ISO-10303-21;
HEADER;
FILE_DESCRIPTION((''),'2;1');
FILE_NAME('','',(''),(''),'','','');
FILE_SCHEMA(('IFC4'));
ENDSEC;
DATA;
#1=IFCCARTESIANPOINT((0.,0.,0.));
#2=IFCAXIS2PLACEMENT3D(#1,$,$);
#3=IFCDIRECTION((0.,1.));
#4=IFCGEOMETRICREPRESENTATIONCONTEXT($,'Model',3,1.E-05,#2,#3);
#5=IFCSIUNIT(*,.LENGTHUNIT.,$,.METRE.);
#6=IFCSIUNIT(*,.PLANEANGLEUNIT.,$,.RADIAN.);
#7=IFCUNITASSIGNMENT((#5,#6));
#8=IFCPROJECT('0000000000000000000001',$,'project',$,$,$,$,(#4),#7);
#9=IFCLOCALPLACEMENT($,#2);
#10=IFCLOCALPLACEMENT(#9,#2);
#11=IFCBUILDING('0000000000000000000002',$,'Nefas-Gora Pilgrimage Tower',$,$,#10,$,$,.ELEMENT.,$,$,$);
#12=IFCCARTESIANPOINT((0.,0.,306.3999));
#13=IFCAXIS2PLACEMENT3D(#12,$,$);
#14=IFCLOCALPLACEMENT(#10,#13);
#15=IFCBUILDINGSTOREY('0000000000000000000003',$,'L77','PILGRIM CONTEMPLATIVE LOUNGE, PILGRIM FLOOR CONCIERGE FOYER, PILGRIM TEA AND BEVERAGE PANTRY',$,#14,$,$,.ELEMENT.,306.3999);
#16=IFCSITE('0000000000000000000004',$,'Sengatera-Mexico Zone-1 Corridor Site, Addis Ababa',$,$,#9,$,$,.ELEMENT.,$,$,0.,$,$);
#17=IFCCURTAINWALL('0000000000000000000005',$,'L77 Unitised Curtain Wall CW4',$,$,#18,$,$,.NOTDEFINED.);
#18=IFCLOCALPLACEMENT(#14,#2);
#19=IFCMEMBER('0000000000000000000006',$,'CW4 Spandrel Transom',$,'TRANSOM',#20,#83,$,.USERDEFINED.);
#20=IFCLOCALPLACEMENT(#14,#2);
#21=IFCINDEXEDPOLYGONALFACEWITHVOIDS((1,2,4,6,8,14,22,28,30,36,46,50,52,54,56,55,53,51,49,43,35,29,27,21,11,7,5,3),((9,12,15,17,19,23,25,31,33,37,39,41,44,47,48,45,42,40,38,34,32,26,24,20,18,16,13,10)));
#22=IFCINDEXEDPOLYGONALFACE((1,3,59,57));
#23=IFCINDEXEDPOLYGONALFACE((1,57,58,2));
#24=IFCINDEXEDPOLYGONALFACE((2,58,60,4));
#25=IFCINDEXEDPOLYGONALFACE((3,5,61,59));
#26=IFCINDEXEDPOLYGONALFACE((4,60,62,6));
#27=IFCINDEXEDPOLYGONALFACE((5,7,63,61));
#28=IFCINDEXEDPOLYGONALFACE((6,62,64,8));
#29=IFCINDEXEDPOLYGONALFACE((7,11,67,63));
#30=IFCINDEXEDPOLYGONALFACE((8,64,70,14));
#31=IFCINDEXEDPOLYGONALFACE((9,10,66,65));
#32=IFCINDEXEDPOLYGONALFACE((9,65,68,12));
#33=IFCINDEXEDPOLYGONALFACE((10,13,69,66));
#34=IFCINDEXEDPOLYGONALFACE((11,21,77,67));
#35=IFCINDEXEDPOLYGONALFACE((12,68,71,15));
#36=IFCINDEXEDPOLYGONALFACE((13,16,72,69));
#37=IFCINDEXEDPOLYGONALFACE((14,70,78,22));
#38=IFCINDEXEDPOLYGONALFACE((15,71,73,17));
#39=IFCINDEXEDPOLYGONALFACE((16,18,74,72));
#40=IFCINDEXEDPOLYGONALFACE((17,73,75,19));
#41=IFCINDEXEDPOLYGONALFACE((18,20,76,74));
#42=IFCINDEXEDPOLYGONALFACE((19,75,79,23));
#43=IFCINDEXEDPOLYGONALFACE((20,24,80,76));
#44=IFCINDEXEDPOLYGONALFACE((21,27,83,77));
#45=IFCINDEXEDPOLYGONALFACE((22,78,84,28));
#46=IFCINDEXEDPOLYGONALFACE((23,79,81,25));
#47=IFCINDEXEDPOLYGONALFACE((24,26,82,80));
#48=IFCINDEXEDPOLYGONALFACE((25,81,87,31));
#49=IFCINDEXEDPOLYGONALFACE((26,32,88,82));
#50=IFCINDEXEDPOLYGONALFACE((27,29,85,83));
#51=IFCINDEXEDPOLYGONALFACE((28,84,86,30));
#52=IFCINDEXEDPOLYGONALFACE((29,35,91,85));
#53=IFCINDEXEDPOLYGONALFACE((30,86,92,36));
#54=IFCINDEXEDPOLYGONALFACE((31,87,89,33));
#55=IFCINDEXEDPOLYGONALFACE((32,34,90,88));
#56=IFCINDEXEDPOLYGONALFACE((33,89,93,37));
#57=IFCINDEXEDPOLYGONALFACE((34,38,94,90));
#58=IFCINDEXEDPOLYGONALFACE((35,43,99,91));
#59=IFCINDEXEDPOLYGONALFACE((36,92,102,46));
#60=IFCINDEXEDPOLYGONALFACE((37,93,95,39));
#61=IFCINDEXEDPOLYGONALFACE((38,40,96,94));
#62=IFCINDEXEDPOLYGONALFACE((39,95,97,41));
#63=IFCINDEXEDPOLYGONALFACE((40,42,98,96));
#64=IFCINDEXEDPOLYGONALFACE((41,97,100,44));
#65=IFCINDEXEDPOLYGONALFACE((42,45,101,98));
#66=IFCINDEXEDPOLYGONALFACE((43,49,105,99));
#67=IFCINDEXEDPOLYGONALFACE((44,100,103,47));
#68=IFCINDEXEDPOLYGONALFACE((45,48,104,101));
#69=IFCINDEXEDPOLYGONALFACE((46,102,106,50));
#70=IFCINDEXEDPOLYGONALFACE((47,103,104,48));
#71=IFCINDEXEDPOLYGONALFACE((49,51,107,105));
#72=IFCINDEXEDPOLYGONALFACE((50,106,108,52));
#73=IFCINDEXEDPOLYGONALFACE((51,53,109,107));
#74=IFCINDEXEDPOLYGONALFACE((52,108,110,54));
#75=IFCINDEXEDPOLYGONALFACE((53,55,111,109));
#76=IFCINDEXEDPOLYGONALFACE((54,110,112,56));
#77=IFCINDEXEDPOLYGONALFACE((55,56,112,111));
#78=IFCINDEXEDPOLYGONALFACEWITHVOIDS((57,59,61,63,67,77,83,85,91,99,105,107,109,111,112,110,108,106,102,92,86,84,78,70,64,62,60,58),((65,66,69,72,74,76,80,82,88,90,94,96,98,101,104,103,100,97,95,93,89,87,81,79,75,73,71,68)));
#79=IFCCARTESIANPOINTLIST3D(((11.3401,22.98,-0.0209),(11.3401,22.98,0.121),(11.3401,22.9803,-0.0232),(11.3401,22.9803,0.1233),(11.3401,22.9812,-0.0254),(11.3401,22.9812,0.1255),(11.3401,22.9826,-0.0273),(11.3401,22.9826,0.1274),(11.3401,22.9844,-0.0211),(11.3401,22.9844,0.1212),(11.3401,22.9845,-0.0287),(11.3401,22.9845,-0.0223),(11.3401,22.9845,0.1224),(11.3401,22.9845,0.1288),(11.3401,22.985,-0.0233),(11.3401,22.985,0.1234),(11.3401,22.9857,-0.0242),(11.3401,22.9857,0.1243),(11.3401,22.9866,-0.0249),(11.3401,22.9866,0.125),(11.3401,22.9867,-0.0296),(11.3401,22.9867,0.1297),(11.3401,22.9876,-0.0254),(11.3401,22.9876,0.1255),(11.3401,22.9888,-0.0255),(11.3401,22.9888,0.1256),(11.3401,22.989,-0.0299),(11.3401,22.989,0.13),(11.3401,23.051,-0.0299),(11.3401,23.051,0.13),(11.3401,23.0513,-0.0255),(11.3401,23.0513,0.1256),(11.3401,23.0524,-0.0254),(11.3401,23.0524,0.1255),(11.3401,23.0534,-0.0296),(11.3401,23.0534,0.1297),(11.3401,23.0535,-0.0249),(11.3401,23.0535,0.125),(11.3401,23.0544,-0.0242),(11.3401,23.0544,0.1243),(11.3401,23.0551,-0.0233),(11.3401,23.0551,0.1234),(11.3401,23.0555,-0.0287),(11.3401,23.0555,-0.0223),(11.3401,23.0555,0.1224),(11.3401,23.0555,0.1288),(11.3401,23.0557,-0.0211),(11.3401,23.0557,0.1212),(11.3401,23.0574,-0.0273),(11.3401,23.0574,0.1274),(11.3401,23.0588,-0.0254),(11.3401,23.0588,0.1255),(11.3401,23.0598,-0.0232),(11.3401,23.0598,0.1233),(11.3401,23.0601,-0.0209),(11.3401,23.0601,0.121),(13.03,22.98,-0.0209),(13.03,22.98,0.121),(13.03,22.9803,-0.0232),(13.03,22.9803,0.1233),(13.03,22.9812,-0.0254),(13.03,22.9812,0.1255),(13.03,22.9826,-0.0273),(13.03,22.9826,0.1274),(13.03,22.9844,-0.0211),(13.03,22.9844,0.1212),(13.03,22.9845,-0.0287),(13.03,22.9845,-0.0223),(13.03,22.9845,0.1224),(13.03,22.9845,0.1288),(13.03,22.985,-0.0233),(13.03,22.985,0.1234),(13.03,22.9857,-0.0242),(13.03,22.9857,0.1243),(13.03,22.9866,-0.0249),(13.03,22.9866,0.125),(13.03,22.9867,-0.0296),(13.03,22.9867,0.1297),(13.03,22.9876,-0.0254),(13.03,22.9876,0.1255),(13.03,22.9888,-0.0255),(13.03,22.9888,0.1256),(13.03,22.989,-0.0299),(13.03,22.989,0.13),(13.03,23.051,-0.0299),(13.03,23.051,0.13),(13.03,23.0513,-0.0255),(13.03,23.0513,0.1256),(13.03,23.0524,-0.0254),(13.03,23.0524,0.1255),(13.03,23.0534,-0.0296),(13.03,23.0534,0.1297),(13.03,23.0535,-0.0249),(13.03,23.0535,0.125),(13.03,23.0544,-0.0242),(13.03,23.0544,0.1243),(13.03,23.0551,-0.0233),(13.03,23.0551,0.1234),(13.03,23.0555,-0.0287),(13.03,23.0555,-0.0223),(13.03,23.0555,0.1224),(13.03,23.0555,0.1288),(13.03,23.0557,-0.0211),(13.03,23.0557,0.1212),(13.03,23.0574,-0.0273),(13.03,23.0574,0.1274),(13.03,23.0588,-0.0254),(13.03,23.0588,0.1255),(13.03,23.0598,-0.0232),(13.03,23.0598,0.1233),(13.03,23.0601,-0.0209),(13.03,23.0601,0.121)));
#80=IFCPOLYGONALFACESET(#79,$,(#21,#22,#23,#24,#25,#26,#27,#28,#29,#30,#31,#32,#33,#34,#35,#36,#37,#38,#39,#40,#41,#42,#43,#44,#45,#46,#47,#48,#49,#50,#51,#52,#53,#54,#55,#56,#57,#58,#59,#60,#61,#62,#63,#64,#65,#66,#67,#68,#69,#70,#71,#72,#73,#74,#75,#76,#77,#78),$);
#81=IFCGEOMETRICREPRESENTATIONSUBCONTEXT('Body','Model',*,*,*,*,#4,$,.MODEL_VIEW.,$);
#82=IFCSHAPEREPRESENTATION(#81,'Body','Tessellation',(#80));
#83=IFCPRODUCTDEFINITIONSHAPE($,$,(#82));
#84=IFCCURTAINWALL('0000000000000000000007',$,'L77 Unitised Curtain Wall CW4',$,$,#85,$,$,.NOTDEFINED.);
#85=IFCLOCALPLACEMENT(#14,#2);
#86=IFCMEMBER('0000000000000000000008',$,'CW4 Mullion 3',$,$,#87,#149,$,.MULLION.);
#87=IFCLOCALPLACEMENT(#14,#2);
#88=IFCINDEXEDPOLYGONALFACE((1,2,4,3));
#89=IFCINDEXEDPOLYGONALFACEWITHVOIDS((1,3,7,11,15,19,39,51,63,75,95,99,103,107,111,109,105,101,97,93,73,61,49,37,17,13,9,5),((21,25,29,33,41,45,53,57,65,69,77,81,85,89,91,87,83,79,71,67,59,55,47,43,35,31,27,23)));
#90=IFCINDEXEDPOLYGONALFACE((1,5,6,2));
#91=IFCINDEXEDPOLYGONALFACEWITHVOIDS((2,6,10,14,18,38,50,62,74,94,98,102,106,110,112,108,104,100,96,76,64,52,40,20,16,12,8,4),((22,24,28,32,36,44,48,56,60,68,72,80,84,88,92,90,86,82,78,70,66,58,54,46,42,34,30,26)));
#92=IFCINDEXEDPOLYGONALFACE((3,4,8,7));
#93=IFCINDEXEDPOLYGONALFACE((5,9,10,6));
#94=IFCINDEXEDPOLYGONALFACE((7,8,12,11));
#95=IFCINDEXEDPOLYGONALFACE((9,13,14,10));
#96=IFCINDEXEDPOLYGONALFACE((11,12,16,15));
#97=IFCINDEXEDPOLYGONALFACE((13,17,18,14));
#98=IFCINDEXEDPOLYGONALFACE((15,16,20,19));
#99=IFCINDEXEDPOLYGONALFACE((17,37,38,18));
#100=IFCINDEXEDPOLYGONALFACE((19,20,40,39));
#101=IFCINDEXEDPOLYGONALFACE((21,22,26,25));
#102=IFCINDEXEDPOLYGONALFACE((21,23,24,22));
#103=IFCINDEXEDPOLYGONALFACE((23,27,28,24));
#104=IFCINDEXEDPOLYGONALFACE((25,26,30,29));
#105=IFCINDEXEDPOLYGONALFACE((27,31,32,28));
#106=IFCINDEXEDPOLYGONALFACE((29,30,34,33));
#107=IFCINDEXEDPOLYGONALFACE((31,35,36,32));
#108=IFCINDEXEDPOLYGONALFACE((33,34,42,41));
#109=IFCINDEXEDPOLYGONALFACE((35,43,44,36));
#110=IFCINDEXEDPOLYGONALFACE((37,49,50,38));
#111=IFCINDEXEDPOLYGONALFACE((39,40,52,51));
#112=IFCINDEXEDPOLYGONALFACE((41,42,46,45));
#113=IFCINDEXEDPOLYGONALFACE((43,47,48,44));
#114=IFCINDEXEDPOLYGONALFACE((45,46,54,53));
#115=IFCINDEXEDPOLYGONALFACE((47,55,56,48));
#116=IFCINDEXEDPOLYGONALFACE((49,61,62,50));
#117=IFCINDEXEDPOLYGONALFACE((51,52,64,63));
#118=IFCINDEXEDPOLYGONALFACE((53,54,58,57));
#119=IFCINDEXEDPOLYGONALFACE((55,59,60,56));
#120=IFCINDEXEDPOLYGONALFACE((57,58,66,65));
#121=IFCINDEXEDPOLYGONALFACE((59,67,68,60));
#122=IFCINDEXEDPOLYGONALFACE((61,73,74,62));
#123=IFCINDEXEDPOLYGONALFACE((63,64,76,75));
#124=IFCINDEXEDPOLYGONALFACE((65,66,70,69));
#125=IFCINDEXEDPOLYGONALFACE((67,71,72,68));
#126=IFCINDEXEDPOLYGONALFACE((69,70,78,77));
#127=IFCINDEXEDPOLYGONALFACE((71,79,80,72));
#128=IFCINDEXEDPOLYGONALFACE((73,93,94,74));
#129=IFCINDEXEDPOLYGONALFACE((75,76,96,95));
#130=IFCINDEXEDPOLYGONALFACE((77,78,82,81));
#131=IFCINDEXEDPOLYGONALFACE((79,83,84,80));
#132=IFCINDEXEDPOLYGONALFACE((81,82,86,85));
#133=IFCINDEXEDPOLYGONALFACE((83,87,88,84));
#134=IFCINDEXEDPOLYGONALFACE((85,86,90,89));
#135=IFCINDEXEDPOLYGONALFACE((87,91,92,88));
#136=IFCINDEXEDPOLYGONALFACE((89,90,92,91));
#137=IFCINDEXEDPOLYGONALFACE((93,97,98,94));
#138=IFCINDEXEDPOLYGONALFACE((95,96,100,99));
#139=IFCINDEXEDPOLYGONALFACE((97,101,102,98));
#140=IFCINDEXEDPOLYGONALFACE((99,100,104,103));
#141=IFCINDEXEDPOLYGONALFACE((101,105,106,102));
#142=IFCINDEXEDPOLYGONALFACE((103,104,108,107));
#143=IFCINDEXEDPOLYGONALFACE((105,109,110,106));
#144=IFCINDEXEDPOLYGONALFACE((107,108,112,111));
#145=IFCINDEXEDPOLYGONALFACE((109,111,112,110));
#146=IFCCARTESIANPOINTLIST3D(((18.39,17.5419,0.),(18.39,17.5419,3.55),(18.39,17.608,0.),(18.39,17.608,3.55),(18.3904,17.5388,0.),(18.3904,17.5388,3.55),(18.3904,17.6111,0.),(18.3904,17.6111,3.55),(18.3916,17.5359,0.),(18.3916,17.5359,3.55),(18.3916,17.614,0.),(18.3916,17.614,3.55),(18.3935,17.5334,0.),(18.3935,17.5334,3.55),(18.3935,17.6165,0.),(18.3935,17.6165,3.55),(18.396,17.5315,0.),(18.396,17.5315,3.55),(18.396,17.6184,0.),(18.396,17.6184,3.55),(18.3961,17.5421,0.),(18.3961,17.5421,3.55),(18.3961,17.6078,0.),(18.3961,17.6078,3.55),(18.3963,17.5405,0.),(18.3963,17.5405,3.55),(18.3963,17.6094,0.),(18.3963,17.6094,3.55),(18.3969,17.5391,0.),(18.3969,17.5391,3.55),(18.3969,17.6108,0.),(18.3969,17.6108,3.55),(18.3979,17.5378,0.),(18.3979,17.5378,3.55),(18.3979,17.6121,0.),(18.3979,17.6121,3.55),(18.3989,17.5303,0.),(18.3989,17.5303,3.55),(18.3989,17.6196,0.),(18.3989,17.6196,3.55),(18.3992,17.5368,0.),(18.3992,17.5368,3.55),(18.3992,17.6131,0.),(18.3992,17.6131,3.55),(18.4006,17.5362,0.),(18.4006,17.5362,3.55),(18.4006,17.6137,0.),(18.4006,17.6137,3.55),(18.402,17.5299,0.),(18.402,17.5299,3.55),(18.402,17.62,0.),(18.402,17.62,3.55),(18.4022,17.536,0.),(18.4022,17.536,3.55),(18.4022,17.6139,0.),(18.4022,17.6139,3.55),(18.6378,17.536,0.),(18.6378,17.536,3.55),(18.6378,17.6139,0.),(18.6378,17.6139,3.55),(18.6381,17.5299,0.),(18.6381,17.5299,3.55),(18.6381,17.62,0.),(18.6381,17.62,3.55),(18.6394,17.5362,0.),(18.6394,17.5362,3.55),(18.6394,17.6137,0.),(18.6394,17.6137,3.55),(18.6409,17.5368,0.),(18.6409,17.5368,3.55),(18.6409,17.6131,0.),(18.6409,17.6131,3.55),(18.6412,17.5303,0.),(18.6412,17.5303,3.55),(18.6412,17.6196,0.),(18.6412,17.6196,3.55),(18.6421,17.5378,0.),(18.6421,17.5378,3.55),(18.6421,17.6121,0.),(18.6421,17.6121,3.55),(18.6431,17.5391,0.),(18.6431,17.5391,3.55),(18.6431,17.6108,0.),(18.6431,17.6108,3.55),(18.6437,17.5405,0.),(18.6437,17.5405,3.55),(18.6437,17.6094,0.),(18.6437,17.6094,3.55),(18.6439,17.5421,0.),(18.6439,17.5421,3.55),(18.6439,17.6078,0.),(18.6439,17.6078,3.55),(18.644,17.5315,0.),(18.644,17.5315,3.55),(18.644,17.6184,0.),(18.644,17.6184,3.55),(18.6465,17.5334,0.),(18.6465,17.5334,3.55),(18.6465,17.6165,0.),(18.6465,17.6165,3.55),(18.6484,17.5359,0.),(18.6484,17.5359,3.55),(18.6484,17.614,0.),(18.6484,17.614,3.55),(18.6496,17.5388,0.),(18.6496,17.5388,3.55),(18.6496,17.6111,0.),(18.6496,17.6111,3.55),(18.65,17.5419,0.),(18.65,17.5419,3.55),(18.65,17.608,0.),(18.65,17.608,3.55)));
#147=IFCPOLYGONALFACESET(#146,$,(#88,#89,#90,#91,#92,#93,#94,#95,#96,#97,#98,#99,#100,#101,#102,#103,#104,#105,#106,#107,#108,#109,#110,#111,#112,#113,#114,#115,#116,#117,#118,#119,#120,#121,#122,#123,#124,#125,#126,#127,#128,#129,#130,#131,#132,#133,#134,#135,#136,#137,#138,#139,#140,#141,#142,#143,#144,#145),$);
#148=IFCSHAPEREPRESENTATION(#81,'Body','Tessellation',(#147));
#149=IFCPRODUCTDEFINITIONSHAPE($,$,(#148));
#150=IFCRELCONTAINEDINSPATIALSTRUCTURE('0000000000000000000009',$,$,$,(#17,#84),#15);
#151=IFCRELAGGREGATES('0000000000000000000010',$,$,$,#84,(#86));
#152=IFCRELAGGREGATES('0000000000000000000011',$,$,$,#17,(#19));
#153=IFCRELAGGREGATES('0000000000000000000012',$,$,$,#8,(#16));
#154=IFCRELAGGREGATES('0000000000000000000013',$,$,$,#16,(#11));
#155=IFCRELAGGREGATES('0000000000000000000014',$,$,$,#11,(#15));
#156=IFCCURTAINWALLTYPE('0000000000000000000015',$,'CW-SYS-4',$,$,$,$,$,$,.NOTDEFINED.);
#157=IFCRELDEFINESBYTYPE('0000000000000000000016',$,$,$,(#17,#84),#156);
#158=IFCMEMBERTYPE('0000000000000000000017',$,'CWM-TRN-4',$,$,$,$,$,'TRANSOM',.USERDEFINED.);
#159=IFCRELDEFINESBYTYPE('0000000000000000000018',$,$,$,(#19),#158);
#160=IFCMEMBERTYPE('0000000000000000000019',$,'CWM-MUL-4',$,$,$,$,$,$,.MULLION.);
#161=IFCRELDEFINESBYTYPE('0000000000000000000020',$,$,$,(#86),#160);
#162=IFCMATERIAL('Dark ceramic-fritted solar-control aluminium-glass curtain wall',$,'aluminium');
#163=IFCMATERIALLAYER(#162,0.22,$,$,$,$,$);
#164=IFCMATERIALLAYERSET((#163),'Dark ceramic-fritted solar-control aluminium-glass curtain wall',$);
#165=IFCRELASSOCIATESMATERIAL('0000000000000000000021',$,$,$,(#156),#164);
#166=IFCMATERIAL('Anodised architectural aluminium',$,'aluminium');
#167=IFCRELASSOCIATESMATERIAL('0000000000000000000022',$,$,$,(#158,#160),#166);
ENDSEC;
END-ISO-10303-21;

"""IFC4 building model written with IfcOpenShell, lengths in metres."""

from ifc_helpers import new_model, si_unit, direction, frame, origin, origin_2d, place, context, subcontext, project, spatial, hollow_rectangle, extrude, source, transform, mapped, material, layer, layer_set, material_profile, profile_set, type_object, element, aggregate, save


model = new_model("IFC4")

# Units and contexts
model_context = context("Model", 3, precision=1e-05, world=origin(), true_north=direction((0.0, 1.0)))
body_context = subcontext(model_context, "Body", "Model", "MODEL_VIEW")
ifc_project = project(units=[si_unit("LENGTHUNIT", "METRE"), si_unit("PLANEANGLEUNIT", "RADIAN")], contexts=[model_context])

# Site, building, storey
site_placement = place(None, origin())
site = spatial("IfcSite", under=ifc_project, at=site_placement, Name="Sengatera-Mexico Zone-1 Corridor Site, Addis Ababa", CompositionType="ELEMENT", RefElevation=0.0)
building_placement = place(site_placement, origin())
building = spatial("IfcBuilding", under=site, at=building_placement, Name="Nefas-Gora Pilgrimage Tower", CompositionType="ELEMENT")
storey_placement = place(building_placement, frame((0.0, 0.0, 306.3999)))
storey = spatial("IfcBuildingStorey", under=building, at=storey_placement, Name="L77", Description="PILGRIM CONTEMPLATIVE LOUNGE, PILGRIM FLOOR CONCIERGE FOYER, PILGRIM TEA AND BEVERAGE PANTRY", CompositionType="ELEMENT", Elevation=306.3999)

# Shared definitions
ifc_material_1 = material(Name="Dark ceramic-fritted solar-control aluminium-glass curtain wall", Category="aluminium")
ifc_material_2 = material(Name="Anodised architectural aluminium", Category="aluminium")

# Curtain walls, members
ifc_layer_1 = layer(ifc_material_1, 0.22)
ifc_layer_set_1 = layer_set([ifc_layer_1], Name="Dark ceramic-fritted solar-control aluminium-glass curtain wall")
curtain_wall_type_1 = type_object("IfcCurtainWallType", Name="CW-SYS-4", PredefinedType="NOTDEFINED", material=ifc_layer_set_1)
curtain_wall_1_placement = place(storey_placement, origin())
curtain_wall_1 = element("IfcCurtainWall", 1, at=curtain_wall_1_placement, inside=storey, type_object=curtain_wall_type_1, Name="L77 Unitised Curtain Wall CW4", PredefinedType="NOTDEFINED")
ifc_material_profile_1 = material_profile(ifc_material_2, hollow_rectangle(XDim=0.0801, YDim=0.1599, WallThickness=0.0044, InnerFilletRadius=0.0044, OuterFilletRadius=0.009, at=origin_2d()), Name="ALU TRANSOM 80x160")
ifc_profile_set_1 = profile_set([ifc_material_profile_1], Name="Anodised architectural aluminium")
member_type_1 = type_object("IfcMemberType", Name="CWM-TRN-4", ElementType="TRANSOM", PredefinedType="USERDEFINED", material=ifc_profile_set_1)
shared_shape_1 = source(origin(), body_context, "Body", "SweptSolid", [
    extrude(hollow_rectangle(XDim=0.0801, YDim=0.1599, WallThickness=0.0044, InnerFilletRadius=0.0044, OuterFilletRadius=0.009, at=origin_2d()), origin(), (0.0, 0.0, 1.0), 1.6899),
])
member_1_placement = place(storey_placement, frame((13.03, 23.02, 0.05), z_axis=(-1.0, 0.0, 0.0), x_axis=(0.0, -1.0, 0.0)))
member_1 = element("IfcMember", 2, at=member_1_placement, type_object=member_type_1, Name="CW4 Spandrel Transom", ObjectType="TRANSOM", PredefinedType="USERDEFINED", context=body_context, shape_type="MappedRepresentation", body=[
    mapped(shared_shape_1, transform((0.0, 0.0, 0.0), x_axis=(1.0, 0.0, 0.0), y_axis=(0.0, 1.0, 0.0), z_axis=(0.0, 0.0, 1.0), scale=1.0)),
])
curtain_wall_2_placement = place(storey_placement, origin())
curtain_wall_2 = element("IfcCurtainWall", 3, at=curtain_wall_2_placement, inside=storey, type_object=curtain_wall_type_1, Name="L77 Unitised Curtain Wall CW4", PredefinedType="NOTDEFINED")
ifc_material_profile_2 = material_profile(ifc_material_2, hollow_rectangle(XDim=0.0901, YDim=0.26, WallThickness=0.0061, InnerFilletRadius=0.0061, OuterFilletRadius=0.012, at=origin_2d()), Name="ALU MULLION 90x260")
ifc_profile_set_2 = profile_set([ifc_material_profile_2], Name="Anodised architectural aluminium")
member_type_2 = type_object("IfcMemberType", Name="CWM-MUL-4", PredefinedType="MULLION", material=ifc_profile_set_2)
shared_shape_2 = source(origin(), body_context, "Body", "SweptSolid", [
    extrude(hollow_rectangle(XDim=0.0901, YDim=0.26, WallThickness=0.0061, InnerFilletRadius=0.0061, OuterFilletRadius=0.012, at=origin_2d()), origin(), (0.0, 0.0, 1.0), 3.55),
])
member_2_placement = place(storey_placement, frame((18.52, 17.575, 0.0), z_axis=(0.0, 0.0, 1.0), x_axis=(0.0, 1.0, 0.0)))
member_2 = element("IfcMember", 4, at=member_2_placement, type_object=member_type_2, Name="CW4 Mullion 3", PredefinedType="MULLION", context=body_context, shape_type="MappedRepresentation", body=[
    mapped(shared_shape_2, transform((0.0, 0.0, 0.0), x_axis=(1.0, 0.0, 0.0), y_axis=(0.0, 1.0, 0.0), z_axis=(0.0, 0.0, 1.0), scale=1.0)),
])
aggregate(curtain_wall_2, [member_2])

aggregate(curtain_wall_1, [member_1])

save(model, "model.ifc")
